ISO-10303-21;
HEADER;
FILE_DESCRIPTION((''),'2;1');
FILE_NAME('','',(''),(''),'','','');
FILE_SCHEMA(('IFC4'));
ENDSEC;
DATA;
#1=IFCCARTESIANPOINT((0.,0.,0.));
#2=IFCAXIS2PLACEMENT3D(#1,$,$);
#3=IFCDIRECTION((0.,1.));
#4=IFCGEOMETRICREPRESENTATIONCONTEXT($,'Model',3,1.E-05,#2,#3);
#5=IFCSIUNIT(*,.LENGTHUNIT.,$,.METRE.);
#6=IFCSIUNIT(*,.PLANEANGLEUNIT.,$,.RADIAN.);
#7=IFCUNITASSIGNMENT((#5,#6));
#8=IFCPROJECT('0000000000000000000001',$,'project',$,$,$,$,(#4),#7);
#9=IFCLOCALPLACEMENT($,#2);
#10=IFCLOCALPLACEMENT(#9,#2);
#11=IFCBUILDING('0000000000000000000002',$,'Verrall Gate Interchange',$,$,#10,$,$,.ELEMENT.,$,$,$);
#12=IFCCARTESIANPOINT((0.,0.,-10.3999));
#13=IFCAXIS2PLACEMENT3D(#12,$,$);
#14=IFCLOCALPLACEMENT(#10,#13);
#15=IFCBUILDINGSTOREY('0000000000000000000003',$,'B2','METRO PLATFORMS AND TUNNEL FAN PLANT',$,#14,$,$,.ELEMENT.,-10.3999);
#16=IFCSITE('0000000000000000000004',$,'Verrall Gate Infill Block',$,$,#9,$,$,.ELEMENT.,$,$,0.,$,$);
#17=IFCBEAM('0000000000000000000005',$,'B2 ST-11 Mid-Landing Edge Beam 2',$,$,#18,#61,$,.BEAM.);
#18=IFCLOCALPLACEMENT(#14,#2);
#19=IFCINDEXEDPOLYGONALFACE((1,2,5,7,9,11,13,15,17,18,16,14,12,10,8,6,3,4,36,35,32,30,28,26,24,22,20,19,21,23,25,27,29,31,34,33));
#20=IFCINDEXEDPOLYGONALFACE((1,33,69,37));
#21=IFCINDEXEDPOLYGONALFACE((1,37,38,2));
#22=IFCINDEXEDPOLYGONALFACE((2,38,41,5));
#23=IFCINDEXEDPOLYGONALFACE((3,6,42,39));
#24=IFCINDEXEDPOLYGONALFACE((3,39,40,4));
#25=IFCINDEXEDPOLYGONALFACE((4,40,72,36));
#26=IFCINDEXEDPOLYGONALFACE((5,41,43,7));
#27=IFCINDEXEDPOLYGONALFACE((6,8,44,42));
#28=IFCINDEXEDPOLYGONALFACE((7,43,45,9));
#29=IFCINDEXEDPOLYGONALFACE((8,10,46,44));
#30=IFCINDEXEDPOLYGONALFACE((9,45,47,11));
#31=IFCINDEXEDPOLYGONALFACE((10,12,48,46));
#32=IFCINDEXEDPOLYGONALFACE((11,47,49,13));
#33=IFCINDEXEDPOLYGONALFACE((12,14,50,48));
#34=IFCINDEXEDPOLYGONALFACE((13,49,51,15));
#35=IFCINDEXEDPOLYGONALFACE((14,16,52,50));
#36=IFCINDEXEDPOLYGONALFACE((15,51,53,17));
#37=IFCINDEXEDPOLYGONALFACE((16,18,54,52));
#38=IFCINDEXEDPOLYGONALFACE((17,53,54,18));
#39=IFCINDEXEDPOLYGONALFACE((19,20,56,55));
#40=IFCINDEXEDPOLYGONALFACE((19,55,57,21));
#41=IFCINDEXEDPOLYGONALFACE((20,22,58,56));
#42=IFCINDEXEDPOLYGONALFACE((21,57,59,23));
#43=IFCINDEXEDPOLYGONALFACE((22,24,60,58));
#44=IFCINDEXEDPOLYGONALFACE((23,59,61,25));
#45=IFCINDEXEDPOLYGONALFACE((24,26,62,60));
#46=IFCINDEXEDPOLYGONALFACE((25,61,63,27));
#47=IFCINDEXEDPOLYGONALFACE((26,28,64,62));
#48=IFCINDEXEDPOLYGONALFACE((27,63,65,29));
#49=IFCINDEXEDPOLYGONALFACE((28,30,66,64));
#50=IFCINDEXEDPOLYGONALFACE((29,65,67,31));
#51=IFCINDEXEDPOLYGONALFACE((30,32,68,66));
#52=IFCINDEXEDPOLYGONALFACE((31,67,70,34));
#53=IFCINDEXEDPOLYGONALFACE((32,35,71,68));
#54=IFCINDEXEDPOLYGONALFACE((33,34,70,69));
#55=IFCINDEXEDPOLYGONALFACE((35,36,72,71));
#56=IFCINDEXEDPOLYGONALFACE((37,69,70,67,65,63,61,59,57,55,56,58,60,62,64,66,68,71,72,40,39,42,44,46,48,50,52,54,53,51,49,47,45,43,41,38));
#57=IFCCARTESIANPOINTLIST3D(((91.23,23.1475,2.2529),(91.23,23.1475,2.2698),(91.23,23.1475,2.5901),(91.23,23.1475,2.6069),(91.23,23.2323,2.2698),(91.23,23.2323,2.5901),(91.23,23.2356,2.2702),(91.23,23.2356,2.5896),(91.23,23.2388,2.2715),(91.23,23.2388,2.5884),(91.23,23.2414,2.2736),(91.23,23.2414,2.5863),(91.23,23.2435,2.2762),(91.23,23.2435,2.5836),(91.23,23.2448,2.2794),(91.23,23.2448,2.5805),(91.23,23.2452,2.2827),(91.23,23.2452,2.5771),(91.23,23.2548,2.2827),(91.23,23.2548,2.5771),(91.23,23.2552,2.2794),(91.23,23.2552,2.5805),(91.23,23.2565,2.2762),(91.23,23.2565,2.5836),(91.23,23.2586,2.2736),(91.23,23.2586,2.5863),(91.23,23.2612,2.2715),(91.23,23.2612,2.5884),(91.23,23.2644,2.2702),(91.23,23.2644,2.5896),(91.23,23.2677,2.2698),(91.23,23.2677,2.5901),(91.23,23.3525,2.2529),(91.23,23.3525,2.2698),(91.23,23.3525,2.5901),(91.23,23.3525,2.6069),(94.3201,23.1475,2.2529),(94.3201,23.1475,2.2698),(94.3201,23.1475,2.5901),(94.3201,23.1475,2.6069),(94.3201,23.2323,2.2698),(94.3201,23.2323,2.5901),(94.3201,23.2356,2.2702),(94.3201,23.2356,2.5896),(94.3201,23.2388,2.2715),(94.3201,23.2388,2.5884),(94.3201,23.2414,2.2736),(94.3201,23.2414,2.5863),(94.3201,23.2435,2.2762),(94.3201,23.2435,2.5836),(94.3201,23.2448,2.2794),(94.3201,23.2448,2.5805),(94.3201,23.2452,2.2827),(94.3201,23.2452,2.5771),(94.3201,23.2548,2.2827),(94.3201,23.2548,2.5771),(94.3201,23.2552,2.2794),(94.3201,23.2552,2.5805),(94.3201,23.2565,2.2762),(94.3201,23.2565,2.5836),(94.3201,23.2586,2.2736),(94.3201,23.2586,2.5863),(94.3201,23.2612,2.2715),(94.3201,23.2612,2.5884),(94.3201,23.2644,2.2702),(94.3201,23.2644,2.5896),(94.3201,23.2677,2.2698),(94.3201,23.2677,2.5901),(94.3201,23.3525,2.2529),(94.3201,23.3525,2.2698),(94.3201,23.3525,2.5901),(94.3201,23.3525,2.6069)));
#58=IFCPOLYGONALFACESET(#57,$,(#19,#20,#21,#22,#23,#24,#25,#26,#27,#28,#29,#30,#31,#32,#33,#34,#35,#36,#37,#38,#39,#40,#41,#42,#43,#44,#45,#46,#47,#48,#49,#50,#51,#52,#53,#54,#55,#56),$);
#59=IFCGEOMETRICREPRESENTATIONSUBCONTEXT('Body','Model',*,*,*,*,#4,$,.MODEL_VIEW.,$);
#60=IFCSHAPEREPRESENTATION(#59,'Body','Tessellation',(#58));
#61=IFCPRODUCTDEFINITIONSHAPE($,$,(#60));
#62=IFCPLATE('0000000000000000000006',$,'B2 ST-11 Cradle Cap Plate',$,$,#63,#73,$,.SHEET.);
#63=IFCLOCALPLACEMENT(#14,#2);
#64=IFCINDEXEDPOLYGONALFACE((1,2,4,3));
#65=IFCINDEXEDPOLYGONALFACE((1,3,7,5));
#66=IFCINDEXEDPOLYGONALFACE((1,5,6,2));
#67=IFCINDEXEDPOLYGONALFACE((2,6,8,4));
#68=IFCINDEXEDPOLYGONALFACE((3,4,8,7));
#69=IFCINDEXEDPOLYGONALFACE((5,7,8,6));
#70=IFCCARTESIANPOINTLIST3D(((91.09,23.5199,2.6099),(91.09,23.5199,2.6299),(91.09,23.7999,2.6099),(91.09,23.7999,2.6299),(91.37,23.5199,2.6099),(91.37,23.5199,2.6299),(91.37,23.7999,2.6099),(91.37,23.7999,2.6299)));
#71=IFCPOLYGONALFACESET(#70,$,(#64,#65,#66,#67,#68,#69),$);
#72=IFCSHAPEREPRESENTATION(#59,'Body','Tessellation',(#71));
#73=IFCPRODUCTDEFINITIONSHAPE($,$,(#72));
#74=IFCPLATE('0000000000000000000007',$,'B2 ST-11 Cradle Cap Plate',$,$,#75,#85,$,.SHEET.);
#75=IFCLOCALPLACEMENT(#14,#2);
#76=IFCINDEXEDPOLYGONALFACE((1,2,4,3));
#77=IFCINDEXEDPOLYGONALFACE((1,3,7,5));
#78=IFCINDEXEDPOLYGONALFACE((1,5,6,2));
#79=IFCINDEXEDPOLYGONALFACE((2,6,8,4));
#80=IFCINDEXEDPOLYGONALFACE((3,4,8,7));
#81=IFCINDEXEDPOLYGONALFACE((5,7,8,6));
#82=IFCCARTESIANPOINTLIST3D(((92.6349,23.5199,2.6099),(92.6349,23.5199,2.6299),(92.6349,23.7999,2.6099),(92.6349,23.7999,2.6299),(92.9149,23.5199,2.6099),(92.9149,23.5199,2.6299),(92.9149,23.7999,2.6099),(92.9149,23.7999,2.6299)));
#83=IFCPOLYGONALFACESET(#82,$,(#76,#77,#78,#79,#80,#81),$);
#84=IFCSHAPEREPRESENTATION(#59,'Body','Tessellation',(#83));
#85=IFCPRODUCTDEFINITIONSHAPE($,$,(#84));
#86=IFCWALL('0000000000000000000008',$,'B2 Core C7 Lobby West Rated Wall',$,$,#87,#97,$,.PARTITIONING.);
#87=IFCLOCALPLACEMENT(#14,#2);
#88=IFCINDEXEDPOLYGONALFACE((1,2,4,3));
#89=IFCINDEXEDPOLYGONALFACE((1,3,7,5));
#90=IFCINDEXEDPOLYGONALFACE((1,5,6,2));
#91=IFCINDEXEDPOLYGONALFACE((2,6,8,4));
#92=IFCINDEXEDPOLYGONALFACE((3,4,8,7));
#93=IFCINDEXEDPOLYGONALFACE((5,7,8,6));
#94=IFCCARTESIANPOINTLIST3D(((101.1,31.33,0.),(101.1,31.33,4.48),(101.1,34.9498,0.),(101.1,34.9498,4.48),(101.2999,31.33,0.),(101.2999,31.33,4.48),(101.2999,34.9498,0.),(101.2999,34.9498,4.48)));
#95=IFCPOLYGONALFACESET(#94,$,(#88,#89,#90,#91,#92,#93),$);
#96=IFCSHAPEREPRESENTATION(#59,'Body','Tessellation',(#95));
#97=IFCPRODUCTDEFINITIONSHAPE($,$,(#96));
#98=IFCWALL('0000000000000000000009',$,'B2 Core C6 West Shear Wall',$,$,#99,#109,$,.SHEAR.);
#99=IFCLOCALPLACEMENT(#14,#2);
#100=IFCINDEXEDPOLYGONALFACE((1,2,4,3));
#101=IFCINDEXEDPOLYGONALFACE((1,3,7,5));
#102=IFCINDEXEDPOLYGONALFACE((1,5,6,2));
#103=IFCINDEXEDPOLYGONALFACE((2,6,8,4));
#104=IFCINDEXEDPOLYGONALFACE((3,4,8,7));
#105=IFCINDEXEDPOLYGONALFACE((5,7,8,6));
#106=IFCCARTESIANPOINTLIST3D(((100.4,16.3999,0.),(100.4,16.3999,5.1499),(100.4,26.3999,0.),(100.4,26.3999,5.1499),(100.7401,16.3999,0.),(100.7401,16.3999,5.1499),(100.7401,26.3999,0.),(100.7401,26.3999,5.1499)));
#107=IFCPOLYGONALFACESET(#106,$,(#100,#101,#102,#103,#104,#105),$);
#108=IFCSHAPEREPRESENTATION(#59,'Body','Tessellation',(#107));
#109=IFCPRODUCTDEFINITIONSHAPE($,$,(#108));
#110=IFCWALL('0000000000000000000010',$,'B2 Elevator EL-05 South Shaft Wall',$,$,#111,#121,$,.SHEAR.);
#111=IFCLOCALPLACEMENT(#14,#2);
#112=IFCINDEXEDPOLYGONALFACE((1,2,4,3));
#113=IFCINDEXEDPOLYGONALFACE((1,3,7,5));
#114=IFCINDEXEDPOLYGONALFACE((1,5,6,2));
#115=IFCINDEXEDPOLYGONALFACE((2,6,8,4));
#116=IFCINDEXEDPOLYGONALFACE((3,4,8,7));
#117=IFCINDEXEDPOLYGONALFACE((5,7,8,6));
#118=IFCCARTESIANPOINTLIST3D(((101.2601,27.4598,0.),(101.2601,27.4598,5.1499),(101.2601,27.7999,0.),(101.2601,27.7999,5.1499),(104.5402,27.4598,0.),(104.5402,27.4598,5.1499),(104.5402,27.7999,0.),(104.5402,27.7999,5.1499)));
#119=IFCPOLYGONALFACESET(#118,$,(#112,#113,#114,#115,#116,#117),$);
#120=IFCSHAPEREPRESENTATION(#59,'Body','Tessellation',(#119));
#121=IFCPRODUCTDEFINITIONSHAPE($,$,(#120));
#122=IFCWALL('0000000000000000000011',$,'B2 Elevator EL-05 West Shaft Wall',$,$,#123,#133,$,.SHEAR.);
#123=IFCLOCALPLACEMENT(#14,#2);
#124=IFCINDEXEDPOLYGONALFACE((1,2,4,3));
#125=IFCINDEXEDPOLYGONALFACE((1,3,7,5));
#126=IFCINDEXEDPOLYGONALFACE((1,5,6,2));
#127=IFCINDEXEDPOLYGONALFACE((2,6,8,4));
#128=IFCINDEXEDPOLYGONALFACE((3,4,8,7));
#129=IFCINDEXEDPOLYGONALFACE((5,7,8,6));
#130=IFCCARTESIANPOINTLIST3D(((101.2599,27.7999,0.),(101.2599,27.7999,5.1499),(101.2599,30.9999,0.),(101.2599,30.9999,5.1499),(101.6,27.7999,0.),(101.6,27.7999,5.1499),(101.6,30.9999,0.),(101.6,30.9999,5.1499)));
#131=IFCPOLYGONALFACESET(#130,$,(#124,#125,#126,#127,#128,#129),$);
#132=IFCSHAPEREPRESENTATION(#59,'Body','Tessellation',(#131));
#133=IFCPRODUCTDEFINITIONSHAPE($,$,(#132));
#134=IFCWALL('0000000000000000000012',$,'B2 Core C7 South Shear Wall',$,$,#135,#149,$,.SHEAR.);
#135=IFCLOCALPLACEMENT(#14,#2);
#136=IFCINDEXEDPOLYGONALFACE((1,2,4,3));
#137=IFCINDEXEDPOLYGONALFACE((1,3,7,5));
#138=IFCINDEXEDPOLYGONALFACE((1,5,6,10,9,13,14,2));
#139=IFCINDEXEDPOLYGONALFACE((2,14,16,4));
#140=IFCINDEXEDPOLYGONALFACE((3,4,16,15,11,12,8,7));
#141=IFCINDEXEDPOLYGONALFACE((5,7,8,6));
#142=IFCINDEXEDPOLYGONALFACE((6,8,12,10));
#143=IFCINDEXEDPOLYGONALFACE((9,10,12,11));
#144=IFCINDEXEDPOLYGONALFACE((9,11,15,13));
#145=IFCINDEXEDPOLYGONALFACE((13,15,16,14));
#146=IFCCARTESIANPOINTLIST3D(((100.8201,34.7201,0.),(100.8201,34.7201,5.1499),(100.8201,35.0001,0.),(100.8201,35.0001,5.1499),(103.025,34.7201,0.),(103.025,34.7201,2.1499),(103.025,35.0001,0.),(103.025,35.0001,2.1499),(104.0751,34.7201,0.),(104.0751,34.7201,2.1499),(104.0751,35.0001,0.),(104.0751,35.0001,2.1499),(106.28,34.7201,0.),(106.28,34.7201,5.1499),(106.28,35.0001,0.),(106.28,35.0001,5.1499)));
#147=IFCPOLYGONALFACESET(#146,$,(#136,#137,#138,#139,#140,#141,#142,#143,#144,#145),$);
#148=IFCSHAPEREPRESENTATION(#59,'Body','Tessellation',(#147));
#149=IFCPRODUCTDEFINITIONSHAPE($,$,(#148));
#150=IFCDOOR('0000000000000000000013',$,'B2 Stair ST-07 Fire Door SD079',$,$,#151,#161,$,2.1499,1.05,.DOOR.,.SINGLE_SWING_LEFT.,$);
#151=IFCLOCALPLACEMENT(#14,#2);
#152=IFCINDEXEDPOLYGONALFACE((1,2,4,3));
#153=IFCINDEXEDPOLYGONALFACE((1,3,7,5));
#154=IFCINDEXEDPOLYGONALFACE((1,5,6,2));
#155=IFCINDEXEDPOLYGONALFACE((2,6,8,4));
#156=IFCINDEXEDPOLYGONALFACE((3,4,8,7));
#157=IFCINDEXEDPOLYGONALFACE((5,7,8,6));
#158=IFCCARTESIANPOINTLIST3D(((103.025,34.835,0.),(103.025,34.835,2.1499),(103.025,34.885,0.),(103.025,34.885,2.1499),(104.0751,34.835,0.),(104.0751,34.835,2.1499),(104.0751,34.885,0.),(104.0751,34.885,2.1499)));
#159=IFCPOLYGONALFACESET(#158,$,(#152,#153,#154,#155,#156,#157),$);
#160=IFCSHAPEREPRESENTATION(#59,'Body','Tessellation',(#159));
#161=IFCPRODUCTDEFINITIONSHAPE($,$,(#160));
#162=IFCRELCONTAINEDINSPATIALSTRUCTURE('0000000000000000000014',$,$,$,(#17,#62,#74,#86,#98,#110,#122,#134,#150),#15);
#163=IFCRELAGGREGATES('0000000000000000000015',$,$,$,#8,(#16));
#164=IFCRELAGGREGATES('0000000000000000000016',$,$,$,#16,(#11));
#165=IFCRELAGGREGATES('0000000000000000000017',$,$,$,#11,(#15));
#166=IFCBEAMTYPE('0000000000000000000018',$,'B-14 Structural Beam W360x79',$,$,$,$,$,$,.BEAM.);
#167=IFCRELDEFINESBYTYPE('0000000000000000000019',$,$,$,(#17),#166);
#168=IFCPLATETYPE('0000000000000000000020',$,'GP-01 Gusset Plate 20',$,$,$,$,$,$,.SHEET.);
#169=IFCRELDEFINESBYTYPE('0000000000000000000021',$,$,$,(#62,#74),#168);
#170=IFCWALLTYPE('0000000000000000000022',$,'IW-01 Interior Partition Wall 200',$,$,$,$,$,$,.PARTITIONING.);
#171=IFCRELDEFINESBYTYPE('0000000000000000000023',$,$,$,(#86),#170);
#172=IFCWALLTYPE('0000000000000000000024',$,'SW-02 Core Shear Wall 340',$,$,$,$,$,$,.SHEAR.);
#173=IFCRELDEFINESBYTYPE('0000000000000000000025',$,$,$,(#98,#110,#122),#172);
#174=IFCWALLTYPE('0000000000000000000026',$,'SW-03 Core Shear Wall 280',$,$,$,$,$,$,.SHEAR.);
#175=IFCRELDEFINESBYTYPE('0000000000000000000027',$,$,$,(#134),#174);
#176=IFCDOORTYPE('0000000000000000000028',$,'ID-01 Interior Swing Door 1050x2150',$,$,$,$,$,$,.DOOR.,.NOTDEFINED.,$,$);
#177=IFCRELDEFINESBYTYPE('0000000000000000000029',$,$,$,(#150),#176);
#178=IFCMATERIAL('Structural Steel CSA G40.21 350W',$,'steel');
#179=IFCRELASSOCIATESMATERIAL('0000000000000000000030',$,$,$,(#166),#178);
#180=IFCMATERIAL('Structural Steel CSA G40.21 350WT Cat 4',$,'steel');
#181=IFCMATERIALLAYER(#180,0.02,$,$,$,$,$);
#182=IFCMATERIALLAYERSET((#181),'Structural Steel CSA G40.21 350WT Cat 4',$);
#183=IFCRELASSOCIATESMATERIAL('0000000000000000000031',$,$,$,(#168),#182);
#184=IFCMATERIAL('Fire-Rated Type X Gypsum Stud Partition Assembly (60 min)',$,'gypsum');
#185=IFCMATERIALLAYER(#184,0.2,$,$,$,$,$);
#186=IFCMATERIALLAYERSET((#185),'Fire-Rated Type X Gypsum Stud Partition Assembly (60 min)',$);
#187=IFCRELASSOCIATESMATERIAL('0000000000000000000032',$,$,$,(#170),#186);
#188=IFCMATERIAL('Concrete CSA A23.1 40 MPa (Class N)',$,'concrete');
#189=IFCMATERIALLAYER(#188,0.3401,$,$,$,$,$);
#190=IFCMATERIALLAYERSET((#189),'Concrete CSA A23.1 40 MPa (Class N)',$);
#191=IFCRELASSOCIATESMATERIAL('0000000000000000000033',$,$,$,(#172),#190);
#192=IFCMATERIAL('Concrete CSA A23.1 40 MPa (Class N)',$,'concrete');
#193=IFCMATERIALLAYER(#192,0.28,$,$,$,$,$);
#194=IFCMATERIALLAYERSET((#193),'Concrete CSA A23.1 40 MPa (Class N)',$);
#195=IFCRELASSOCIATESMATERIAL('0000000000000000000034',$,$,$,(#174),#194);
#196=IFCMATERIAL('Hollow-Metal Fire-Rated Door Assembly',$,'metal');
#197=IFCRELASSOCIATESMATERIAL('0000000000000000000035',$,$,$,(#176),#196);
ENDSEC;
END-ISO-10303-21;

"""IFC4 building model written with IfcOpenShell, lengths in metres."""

from ifc_helpers import new_model, si_unit, direction, frame, frame_2d, origin, origin_2d, place, context, subcontext, project, spatial, rectangle, i_section, extrude, material, layer, layer_set, material_profile, profile_set, type_object, element, fill, save


model = new_model("IFC4")

# Units and contexts
model_context = context("Model", 3, precision=1e-05, world=origin(), true_north=direction((0.0, 1.0)))
body_context = subcontext(model_context, "Body", "Model", "MODEL_VIEW")
ifc_project = project(units=[si_unit("LENGTHUNIT", "METRE"), si_unit("PLANEANGLEUNIT", "RADIAN")], contexts=[model_context])

# Site, building, storey
site_placement = place(None, origin())
site = spatial("IfcSite", under=ifc_project, at=site_placement, Name="Verrall Gate Infill Block", CompositionType="ELEMENT", RefElevation=0.0)
building_placement = place(site_placement, origin())
building = spatial("IfcBuilding", under=site, at=building_placement, Name="Verrall Gate Interchange", CompositionType="ELEMENT")
storey_placement = place(building_placement, frame((0.0, 0.0, -10.3999)))
storey = spatial("IfcBuildingStorey", under=building, at=storey_placement, Name="B2", Description="METRO PLATFORMS AND TUNNEL FAN PLANT", CompositionType="ELEMENT", Elevation=-10.3999)

# Beam
ifc_material_1 = material(Name="Structural Steel CSA G40.21 350W", Category="steel")
ifc_material_profile_1 = material_profile(ifc_material_1, i_section(OverallWidth=0.2051, OverallDepth=0.354, WebThickness=0.0095, FlangeThickness=0.0168, FilletRadius=0.0129, at=origin_2d()), Name="W360x79")
ifc_profile_set_1 = profile_set([ifc_material_profile_1], Name="Structural Steel CSA G40.21 350W")
beam_type = type_object("IfcBeamType", Name="B-14 Structural Beam W360x79", PredefinedType="BEAM", material=ifc_profile_set_1)
beam_placement = place(storey_placement, frame((91.23, 23.25, 2.4299), z_axis=(1.0, 0.0, 0.0), x_axis=(0.0, 1.0, 0.0)))
element("IfcBeam", 1, at=beam_placement, inside=storey, type_object=beam_type, Name="B2 ST-11 Mid-Landing Edge Beam 2", PredefinedType="BEAM", context=body_context, shape_type="SweptSolid", body=[
    extrude(i_section(OverallWidth=0.2051, OverallDepth=0.354, WebThickness=0.0095, FlangeThickness=0.0168, FilletRadius=0.0129, at=origin_2d()), origin(), (0.0, 0.0, 1.0), 3.0901),
])

# Plates
ifc_material_2 = material(Name="Structural Steel CSA G40.21 350WT Cat 4", Category="steel")
ifc_layer_1 = layer(ifc_material_2, 0.02)
ifc_layer_set_1 = layer_set([ifc_layer_1], Name="Structural Steel CSA G40.21 350WT Cat 4")
plate_type = type_object("IfcPlateType", Name="GP-01 Gusset Plate 20", PredefinedType="SHEET", material=ifc_layer_set_1)
for number, where, z_axis, x_axis, name in (
    (2, (91.23, 23.6599, 2.6099), (0.0, 0.0, 1.0), (1.0, 0.0, 0.0), "B2 ST-11 Cradle Cap Plate"),
    (3, (92.7749, 23.6599, 2.6099), (0.0, 0.0, 1.0), (1.0, 0.0, 0.0), "B2 ST-11 Cradle Cap Plate"),
):
    element("IfcPlate", number, at=place(storey_placement, frame(where, z_axis=z_axis, x_axis=x_axis)), inside=storey, type_object=plate_type, Name=name, PredefinedType="SHEET", context=body_context, shape_type="SweptSolid", body=[
        extrude(rectangle(XDim=0.28, YDim=0.28, at=origin_2d()), origin(), (0.0, 0.0, 1.0), 0.02),
    ])

# Walls
ifc_material_3 = material(Name="Fire-Rated Type X Gypsum Stud Partition Assembly (60 min)", Category="gypsum")
ifc_layer_2 = layer(ifc_material_3, 0.2)
ifc_layer_set_2 = layer_set([ifc_layer_2], Name="Fire-Rated Type X Gypsum Stud Partition Assembly (60 min)")
wall_type_1 = type_object("IfcWallType", Name="IW-01 Interior Partition Wall 200", PredefinedType="PARTITIONING", material=ifc_layer_set_2)
wall_1_placement = place(storey_placement, frame((101.2, 34.95, 0.0), z_axis=(0.0, 0.0, 1.0), x_axis=(0.0, -1.0, 0.0)))
element("IfcWall", 4, at=wall_1_placement, inside=storey, type_object=wall_type_1, Name="B2 Core C7 Lobby West Rated Wall", PredefinedType="PARTITIONING", context=body_context, shape_type="SweptSolid", body=[
    extrude(rectangle(XDim=3.6199, YDim=0.2, at=frame_2d((1.8101, 0.0))), origin(), (0.0, 0.0, 1.0), 4.48),
])
ifc_material_4 = material(Name="Concrete CSA A23.1 40 MPa (Class N)", Category="concrete")
ifc_layer_3 = layer(ifc_material_4, 0.3401)
ifc_layer_set_3 = layer_set([ifc_layer_3], Name="Concrete CSA A23.1 40 MPa (Class N)")
wall_type_2 = type_object("IfcWallType", Name="SW-02 Core Shear Wall 340", PredefinedType="SHEAR", material=ifc_layer_set_3)
wall_2_placement = place(storey_placement, frame((100.5701, 26.3999, 0.0), z_axis=(0.0, 0.0, 1.0), x_axis=(0.0, -1.0, 0.0)))
element("IfcWall", 5, at=wall_2_placement, inside=storey, type_object=wall_type_2, Name="B2 Core C6 West Shear Wall", PredefinedType="SHEAR", context=body_context, shape_type="SweptSolid", body=[
    extrude(rectangle(XDim=10.0, YDim=0.3401, at=frame_2d((5.0, 0.0))), origin(), (0.0, 0.0, 1.0), 5.1499),
])
wall_3_placement = place(storey_placement, frame((101.26, 27.6299, 0.0), z_axis=(0.0, 0.0, 1.0), x_axis=(1.0, 0.0, 0.0)))
element("IfcWall", 6, at=wall_3_placement, inside=storey, type_object=wall_type_2, Name="B2 Elevator EL-05 South Shaft Wall", PredefinedType="SHEAR", context=body_context, shape_type="SweptSolid", body=[
    extrude(rectangle(XDim=3.28, YDim=0.3401, at=frame_2d((1.6401, 0.0))), origin(), (0.0, 0.0, 1.0), 5.1499),
])
wall_4_placement = place(storey_placement, frame((101.4299, 31.0, 0.0), z_axis=(0.0, 0.0, 1.0), x_axis=(0.0, -1.0, 0.0)))
element("IfcWall", 7, at=wall_4_placement, inside=storey, type_object=wall_type_2, Name="B2 Elevator EL-05 West Shaft Wall", PredefinedType="SHEAR", context=body_context, shape_type="SweptSolid", body=[
    extrude(rectangle(XDim=3.2, YDim=0.3401, at=frame_2d((1.6001, 0.0))), origin(), (0.0, 0.0, 1.0), 5.1499),
])

# Wall, opening, door
ifc_material_5 = material(Name="Concrete CSA A23.1 40 MPa (Class N)", Category="concrete")
ifc_layer_4 = layer(ifc_material_5, 0.28)
ifc_layer_set_4 = layer_set([ifc_layer_4], Name="Concrete CSA A23.1 40 MPa (Class N)")
wall_type_3 = type_object("IfcWallType", Name="SW-03 Core Shear Wall 280", PredefinedType="SHEAR", material=ifc_layer_set_4)
wall_5_placement = place(storey_placement, frame((100.8201, 34.8601, 0.0), z_axis=(0.0, 0.0, 1.0), x_axis=(1.0, 0.0, 0.0)))
wall_5 = element("IfcWall", 8, at=wall_5_placement, inside=storey, type_object=wall_type_3, Name="B2 Core C7 South Shear Wall", PredefinedType="SHEAR", context=body_context, shape_type="SweptSolid", body=[
    extrude(rectangle(XDim=5.46, YDim=0.28, at=frame_2d((2.73, 0.0))), origin(), (0.0, 0.0, 1.0), 5.1499),
])
opening_placement = place(wall_5_placement, frame((2.2051, 0.0, 0.0)))
opening = element("IfcOpeningElement", 9, at=opening_placement, cuts=wall_5, PredefinedType="OPENING", context=body_context, shape_type="SweptSolid", body=[
    extrude(rectangle(XDim=1.05, YDim=2.1499, at=frame_2d((0.5249, 1.075))), frame((0.0, 0.1548, 0.0), z_axis=(0.0, -1.0, 0.0), x_axis=(1.0, 0.0, 0.0)), (0.0, 0.0, 1.0), 0.3098),
])
ifc_material_6 = material(Name="Hollow-Metal Fire-Rated Door Assembly", Category="metal")
door_type = type_object("IfcDoorType", Name="ID-01 Interior Swing Door 1050x2150", OperationType="NOTDEFINED", PredefinedType="DOOR", material=ifc_material_6)
door_placement = place(opening_placement, origin())
door = element("IfcDoor", 10, at=door_placement, inside=storey, type_object=door_type, Name="B2 Stair ST-07 Fire Door SD079", OperationType="SINGLE_SWING_LEFT", OverallHeight=2.1499, OverallWidth=1.05, PredefinedType="DOOR", context=body_context, shape_type="SweptSolid", body=[
    extrude(rectangle(XDim=1.05, YDim=2.1499, at=frame_2d((0.5249, 1.075))), frame((0.0, 0.0249, 0.0), z_axis=(0.0, -1.0, 0.0), x_axis=(1.0, 0.0, 0.0)), (0.0, 0.0, 1.0), 0.05),
])
fill(opening, door)

save(model, "model.ifc")
